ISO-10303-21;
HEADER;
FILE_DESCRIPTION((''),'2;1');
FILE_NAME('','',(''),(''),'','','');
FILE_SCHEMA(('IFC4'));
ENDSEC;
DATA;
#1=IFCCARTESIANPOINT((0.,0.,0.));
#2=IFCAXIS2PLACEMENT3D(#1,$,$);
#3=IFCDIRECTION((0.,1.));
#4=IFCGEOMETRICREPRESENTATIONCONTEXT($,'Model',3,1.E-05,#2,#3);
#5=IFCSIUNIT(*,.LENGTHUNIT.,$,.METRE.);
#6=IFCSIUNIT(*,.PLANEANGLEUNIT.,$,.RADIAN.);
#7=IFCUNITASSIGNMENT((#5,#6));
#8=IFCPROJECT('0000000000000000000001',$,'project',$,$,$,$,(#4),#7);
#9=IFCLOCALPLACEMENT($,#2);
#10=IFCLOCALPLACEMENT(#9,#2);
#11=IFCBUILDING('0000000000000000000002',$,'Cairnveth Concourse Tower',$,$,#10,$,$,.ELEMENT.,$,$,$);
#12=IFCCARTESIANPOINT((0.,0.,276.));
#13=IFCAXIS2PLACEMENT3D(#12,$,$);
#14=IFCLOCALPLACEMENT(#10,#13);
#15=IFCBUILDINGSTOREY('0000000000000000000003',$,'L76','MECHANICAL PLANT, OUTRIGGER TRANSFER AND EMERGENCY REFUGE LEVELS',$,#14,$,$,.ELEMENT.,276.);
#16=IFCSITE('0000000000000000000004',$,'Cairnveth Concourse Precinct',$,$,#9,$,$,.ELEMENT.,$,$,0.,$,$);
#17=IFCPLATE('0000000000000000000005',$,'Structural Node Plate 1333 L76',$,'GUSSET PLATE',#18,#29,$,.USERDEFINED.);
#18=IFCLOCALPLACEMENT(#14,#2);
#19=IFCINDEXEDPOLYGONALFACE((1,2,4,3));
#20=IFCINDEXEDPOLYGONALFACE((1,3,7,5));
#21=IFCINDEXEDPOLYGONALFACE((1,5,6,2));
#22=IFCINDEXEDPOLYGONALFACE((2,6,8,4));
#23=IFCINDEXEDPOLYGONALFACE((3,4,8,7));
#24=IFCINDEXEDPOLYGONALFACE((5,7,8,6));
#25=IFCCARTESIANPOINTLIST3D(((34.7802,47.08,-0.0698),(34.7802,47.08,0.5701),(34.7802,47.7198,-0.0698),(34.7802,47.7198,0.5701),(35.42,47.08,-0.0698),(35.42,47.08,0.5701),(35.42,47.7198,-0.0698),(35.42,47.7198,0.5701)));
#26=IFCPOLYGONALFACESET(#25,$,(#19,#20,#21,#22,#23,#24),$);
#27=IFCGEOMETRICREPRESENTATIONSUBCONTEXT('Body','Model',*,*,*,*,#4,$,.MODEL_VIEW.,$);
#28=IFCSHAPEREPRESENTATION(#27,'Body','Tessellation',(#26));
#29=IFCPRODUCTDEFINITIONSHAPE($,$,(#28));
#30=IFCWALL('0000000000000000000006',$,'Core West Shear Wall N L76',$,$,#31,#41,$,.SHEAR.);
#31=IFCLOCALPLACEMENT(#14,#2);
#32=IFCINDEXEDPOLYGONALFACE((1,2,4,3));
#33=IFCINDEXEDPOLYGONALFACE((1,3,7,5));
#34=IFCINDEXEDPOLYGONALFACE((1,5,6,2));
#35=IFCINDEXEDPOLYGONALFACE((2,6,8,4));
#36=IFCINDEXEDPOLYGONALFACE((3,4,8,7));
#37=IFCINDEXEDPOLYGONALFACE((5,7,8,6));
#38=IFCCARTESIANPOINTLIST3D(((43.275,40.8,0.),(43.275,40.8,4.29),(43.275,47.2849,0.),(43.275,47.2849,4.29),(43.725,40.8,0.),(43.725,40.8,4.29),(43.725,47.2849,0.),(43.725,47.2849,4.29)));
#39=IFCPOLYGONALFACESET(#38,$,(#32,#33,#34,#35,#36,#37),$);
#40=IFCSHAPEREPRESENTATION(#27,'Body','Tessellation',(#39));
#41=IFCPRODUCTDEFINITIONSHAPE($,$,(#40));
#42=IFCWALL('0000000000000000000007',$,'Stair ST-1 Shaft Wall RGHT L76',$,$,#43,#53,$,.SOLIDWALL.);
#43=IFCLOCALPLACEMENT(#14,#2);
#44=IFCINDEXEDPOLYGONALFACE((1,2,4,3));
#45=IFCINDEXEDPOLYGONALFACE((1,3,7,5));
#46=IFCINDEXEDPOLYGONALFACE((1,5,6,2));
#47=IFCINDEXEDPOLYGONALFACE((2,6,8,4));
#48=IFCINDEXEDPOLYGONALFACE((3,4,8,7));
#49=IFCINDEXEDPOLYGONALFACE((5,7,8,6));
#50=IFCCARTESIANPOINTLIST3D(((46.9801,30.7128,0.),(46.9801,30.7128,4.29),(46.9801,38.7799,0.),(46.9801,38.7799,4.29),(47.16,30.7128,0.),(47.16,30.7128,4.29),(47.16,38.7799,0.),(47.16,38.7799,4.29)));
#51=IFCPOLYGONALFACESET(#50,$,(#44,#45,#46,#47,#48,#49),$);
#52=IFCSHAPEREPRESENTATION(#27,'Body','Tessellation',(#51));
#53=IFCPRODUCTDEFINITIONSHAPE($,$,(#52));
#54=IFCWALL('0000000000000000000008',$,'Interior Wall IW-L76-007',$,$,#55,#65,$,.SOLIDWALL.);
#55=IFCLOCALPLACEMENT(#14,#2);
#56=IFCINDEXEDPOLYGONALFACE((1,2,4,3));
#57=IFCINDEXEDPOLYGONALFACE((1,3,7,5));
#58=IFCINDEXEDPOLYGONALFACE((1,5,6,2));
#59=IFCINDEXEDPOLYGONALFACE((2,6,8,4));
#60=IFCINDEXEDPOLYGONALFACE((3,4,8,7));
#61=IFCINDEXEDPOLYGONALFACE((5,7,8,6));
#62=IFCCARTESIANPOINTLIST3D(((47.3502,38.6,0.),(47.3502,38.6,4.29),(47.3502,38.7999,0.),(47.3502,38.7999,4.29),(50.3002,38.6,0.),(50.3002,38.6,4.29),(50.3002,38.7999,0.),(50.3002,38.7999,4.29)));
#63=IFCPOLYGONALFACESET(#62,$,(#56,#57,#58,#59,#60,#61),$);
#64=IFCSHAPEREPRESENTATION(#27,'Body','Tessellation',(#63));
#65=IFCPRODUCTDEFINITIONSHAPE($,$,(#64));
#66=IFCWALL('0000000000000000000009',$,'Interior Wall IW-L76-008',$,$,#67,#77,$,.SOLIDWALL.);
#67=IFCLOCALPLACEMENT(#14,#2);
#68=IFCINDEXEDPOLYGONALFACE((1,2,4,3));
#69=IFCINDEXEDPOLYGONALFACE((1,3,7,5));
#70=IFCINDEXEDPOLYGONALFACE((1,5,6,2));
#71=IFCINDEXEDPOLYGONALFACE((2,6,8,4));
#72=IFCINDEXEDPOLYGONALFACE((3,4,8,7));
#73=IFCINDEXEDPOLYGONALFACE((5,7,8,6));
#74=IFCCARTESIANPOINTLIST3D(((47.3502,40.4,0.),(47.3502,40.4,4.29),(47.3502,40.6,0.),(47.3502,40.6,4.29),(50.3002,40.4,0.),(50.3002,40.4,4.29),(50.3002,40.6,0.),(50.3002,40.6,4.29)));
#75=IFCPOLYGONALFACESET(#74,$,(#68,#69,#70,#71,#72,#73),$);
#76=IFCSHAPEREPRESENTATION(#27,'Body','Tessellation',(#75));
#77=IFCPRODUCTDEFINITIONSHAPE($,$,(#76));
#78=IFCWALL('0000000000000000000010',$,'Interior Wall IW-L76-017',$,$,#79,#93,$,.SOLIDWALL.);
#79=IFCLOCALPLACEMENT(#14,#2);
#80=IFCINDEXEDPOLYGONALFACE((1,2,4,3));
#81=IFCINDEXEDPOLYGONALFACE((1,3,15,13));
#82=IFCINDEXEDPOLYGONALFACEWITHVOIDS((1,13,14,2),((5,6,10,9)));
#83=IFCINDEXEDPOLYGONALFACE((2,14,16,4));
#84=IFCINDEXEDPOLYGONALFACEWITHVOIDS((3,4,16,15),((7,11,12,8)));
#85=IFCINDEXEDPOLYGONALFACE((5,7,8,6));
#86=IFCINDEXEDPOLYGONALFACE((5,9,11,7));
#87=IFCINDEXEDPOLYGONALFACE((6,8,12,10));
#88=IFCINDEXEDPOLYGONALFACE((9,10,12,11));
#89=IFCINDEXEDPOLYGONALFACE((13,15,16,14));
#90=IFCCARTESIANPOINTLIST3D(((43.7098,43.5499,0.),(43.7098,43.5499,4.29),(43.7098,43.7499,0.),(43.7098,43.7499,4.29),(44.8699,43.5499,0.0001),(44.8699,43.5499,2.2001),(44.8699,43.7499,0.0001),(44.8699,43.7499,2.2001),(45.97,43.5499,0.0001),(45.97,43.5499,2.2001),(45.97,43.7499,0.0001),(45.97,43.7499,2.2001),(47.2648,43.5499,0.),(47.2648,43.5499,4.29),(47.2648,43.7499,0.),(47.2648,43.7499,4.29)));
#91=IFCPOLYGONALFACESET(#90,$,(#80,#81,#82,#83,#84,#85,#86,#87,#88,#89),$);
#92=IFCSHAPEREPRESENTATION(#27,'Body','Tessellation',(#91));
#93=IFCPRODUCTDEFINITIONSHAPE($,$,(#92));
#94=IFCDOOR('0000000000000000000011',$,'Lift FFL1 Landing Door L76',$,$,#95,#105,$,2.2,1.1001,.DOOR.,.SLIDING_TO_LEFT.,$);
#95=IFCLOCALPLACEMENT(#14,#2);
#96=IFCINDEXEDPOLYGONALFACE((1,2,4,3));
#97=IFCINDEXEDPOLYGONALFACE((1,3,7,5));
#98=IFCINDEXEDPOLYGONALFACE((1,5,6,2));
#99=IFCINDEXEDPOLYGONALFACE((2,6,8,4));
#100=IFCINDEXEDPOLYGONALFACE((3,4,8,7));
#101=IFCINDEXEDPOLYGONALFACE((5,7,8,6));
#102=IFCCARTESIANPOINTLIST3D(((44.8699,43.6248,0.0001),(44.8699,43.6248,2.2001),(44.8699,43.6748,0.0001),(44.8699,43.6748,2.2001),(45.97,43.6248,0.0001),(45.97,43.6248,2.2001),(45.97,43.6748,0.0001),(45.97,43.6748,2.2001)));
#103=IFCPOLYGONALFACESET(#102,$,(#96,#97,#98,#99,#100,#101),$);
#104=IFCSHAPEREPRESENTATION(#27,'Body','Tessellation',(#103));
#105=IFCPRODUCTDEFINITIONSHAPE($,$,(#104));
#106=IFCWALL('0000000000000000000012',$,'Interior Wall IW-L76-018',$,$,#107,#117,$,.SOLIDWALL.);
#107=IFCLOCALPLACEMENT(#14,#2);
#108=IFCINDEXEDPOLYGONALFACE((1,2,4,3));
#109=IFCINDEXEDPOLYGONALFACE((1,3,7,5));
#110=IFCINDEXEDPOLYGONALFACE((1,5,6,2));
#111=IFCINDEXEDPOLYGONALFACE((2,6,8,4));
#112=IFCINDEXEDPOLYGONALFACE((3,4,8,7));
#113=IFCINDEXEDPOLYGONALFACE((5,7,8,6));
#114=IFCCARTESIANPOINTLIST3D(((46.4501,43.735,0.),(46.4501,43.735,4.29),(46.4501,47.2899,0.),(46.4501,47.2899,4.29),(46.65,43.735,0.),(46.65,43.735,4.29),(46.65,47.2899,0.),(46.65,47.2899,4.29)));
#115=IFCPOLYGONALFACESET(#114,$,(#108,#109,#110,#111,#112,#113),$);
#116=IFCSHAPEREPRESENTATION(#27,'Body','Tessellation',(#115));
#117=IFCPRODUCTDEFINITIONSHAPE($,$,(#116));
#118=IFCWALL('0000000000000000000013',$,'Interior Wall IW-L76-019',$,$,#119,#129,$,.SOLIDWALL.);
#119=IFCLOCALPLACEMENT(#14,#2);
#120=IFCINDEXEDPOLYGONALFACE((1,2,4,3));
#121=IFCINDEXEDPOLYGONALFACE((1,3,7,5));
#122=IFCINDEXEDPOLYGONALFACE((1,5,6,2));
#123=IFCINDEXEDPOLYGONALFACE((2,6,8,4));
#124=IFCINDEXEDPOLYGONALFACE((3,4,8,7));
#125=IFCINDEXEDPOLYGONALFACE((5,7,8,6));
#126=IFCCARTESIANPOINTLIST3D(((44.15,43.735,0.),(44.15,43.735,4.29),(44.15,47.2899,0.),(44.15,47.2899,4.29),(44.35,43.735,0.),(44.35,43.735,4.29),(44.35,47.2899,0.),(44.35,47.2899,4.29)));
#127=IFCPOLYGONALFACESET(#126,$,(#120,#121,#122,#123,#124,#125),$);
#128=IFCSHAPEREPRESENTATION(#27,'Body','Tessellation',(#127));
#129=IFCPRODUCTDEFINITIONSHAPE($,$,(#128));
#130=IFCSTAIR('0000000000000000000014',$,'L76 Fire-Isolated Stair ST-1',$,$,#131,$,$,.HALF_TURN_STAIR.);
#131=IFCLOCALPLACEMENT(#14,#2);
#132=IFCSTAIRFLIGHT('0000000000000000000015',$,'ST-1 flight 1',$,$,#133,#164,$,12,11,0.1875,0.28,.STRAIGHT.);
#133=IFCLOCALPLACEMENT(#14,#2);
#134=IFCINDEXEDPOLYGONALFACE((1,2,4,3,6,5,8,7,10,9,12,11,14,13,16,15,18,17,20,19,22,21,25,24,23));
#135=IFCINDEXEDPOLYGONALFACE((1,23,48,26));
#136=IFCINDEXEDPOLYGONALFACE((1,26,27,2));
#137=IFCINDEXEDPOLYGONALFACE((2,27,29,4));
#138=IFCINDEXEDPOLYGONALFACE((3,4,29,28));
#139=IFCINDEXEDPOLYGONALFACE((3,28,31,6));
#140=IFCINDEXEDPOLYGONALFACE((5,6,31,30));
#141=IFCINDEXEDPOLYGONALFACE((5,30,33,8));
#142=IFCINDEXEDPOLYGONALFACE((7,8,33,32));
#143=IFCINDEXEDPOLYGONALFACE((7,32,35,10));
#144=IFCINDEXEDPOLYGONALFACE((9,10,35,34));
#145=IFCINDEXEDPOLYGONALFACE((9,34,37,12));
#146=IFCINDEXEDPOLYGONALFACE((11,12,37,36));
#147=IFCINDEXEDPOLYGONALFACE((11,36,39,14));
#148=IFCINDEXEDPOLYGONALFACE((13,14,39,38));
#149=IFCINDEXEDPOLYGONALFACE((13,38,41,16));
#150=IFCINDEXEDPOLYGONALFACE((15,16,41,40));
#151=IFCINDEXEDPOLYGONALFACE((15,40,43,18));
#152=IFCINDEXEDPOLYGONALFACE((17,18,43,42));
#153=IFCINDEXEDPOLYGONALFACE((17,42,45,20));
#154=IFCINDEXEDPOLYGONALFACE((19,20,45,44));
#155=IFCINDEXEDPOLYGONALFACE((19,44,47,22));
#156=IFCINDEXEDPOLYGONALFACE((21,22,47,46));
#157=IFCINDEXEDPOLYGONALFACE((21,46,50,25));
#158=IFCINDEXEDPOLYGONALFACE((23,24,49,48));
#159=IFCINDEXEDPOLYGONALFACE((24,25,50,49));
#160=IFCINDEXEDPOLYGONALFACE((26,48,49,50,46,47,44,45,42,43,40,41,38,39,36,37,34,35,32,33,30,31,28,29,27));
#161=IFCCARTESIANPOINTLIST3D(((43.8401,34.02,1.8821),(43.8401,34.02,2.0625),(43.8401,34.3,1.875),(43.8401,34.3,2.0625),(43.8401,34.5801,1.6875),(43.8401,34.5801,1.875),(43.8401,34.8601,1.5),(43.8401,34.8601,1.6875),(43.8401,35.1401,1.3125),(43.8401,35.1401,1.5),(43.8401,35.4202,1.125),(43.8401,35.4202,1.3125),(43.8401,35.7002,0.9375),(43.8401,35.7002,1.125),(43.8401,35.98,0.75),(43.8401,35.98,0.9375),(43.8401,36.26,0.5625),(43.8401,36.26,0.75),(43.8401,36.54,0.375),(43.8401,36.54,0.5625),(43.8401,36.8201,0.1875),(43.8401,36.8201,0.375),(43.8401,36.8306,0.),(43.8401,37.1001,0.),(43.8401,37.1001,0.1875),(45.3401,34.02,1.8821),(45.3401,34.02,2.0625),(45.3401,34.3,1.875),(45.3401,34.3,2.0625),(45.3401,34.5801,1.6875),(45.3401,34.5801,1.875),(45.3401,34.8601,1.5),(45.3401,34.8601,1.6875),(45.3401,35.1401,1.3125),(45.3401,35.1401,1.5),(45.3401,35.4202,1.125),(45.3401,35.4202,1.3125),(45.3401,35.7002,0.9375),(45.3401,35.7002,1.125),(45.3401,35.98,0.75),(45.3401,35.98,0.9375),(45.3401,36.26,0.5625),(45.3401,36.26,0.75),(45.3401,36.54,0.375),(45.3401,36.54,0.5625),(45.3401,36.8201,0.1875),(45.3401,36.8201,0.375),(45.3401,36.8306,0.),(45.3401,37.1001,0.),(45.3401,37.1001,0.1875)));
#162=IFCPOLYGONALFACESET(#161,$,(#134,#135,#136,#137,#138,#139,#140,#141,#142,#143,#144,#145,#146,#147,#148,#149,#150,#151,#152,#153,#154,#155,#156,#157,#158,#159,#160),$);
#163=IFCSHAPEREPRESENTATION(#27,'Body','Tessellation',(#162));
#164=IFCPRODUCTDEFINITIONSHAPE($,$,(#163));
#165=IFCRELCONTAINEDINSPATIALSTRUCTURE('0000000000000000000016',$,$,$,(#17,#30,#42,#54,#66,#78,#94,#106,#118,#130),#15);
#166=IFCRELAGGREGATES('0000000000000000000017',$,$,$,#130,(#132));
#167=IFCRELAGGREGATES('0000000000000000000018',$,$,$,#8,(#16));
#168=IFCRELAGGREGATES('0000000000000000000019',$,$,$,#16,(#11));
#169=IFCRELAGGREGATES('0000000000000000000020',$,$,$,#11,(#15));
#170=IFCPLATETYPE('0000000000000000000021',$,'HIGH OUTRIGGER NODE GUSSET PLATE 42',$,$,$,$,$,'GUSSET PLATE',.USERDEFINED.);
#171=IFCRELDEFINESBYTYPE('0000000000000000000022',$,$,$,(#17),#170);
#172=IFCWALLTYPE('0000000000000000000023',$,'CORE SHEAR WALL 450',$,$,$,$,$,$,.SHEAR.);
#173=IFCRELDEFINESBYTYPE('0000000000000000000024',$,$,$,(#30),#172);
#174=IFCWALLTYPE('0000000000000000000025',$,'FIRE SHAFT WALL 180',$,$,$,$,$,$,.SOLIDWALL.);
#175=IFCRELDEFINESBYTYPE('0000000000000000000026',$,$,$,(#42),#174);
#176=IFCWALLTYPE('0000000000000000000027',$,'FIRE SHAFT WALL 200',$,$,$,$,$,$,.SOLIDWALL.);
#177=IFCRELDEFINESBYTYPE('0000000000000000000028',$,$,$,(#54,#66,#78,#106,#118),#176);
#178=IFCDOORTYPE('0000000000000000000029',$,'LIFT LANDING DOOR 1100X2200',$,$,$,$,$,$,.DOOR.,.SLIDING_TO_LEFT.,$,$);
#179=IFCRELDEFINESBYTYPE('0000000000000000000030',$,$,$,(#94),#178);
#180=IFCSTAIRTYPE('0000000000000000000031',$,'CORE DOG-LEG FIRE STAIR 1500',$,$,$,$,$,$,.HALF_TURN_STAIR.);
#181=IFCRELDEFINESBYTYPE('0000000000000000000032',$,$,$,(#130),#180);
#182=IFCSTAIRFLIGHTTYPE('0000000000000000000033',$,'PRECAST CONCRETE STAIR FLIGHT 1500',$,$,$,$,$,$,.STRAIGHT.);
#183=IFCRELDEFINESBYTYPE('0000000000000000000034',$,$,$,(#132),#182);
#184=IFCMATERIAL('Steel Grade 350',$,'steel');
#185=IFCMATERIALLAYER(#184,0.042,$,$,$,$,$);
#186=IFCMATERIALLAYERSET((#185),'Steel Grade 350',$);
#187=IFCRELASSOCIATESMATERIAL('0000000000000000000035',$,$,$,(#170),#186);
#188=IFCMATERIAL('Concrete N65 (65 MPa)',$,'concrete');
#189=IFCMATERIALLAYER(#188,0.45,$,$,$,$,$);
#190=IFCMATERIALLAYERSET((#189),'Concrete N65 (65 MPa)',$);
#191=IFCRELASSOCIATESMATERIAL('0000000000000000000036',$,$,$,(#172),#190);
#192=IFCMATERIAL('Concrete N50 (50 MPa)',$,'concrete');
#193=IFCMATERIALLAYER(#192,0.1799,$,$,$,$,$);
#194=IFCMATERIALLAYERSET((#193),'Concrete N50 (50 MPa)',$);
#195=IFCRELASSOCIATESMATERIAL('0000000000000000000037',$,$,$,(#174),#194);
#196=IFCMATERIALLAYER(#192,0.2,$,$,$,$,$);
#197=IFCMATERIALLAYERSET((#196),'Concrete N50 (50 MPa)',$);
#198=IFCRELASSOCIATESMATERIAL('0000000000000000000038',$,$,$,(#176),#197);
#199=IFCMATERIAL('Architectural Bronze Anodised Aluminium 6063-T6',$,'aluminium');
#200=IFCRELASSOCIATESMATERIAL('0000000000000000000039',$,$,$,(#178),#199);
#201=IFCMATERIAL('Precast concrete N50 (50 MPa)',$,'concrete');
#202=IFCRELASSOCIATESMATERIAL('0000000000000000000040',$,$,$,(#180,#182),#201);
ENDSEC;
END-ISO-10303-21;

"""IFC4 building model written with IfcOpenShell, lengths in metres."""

from ifc_helpers import new_model, si_unit, direction, frame, frame_2d, origin, origin_2d, place, context, subcontext, project, spatial, polyline, rectangle, outline, extrude, material, layer, layer_set, type_object, element, fill, aggregate, save


model = new_model("IFC4")

# Units and contexts
model_context = context("Model", 3, precision=1e-05, world=origin(), true_north=direction((0.0, 1.0)))
body_context = subcontext(model_context, "Body", "Model", "MODEL_VIEW")
ifc_project = project(units=[si_unit("LENGTHUNIT", "METRE"), si_unit("PLANEANGLEUNIT", "RADIAN")], contexts=[model_context])

# Site, building, storey
site_placement = place(None, origin())
site = spatial("IfcSite", under=ifc_project, at=site_placement, Name="Cairnveth Concourse Precinct", CompositionType="ELEMENT", RefElevation=0.0)
building_placement = place(site_placement, origin())
building = spatial("IfcBuilding", under=site, at=building_placement, Name="Cairnveth Concourse Tower", CompositionType="ELEMENT")
storey_placement = place(building_placement, frame((0.0, 0.0, 276.0)))
storey = spatial("IfcBuildingStorey", under=building, at=storey_placement, Name="L76", Description="MECHANICAL PLANT, OUTRIGGER TRANSFER AND EMERGENCY REFUGE LEVELS", CompositionType="ELEMENT", Elevation=276.0)

# Shared definitions
ifc_material_1 = material(Name="Concrete N65 (65 MPa)", Category="concrete")
ifc_material_2 = material(Name="Steel Grade 350", Category="steel")

# Plate
ifc_layer_1 = layer(ifc_material_2, 0.042)
ifc_layer_set_1 = layer_set([ifc_layer_1], Name="Steel Grade 350")
plate_type = type_object("IfcPlateType", Name="HIGH OUTRIGGER NODE GUSSET PLATE 42", ElementType="GUSSET PLATE", PredefinedType="USERDEFINED", material=ifc_layer_set_1)
for number, where, z_axis, x_axis, name in (
    (1, (35.1001, 47.3999, -0.0698), (0.0, 0.0, 1.0), (1.0, 0.0, 0.0), "Structural Node Plate 1333 L76"),
):
    element("IfcPlate", number, at=place(storey_placement, frame(where, z_axis=z_axis, x_axis=x_axis)), inside=storey, type_object=plate_type, Name=name, ObjectType="GUSSET PLATE", PredefinedType="USERDEFINED", context=body_context, shape_type="SweptSolid", body=[
        extrude(rectangle(XDim=0.6399, YDim=0.6399, at=origin_2d()), origin(), (0.0, 0.0, 1.0), 0.6399),
    ])

# Wall
ifc_layer_2 = layer(ifc_material_1, 0.45)
ifc_layer_set_2 = layer_set([ifc_layer_2], Name="Concrete N65 (65 MPa)")
wall_type_1 = type_object("IfcWallType", Name="CORE SHEAR WALL 450", PredefinedType="SHEAR", material=ifc_layer_set_2)
wall_1_placement = place(storey_placement, frame((43.5, 40.8, 0.0), z_axis=(0.0, 0.0, 1.0), x_axis=(0.0, 1.0, 0.0)))
element("IfcWall", 2, at=wall_1_placement, inside=storey, type_object=wall_type_1, Name="Core West Shear Wall N L76", PredefinedType="SHEAR", context=body_context, shape_type="SweptSolid", body=[
    extrude(rectangle(XDim=6.4849, YDim=0.45, at=frame_2d((3.2424, 0.0))), origin(), (0.0, 0.0, 1.0), 4.29),
])

# Shared definitions
ifc_material_3 = material(Name="Concrete N50 (50 MPa)", Category="concrete")
ifc_layer_3 = layer(ifc_material_3, 0.1799)
ifc_layer_set_3 = layer_set([ifc_layer_3], Name="Concrete N50 (50 MPa)")
wall_type_2 = type_object("IfcWallType", Name="FIRE SHAFT WALL 180", PredefinedType="SOLIDWALL", material=ifc_layer_set_3)

# Walls
wall_2_placement = place(storey_placement, frame((47.0701, 38.78, 0.0), z_axis=(0.0, 0.0, 1.0), x_axis=(0.0, -1.0, 0.0)))
element("IfcWall", 3, at=wall_2_placement, inside=storey, type_object=wall_type_2, Name="Stair ST-1 Shaft Wall RGHT L76", PredefinedType="SOLIDWALL", context=body_context, shape_type="SweptSolid", body=[
    extrude(rectangle(XDim=8.0671, YDim=0.1799, at=frame_2d((4.0337, 0.0))), origin(), (0.0, 0.0, 1.0), 4.29),
])
ifc_layer_4 = layer(ifc_material_3, 0.2)
ifc_layer_set_4 = layer_set([ifc_layer_4], Name="Concrete N50 (50 MPa)")
wall_type_3 = type_object("IfcWallType", Name="FIRE SHAFT WALL 200", PredefinedType="SOLIDWALL", material=ifc_layer_set_4)
for number, where, z_axis, x_axis, name in (
    (4, (47.3501, 38.7, 0.0), (0.0, 0.0, 1.0), (1.0, 0.0, 0.0), "Interior Wall IW-L76-007"),
    (5, (47.3501, 40.5, 0.0), (0.0, 0.0, 1.0), (1.0, 0.0, 0.0), "Interior Wall IW-L76-008"),
):
    element("IfcWall", number, at=place(storey_placement, frame(where, z_axis=z_axis, x_axis=x_axis)), inside=storey, type_object=wall_type_3, Name=name, PredefinedType="SOLIDWALL", context=body_context, shape_type="SweptSolid", body=[
        extrude(rectangle(XDim=2.95, YDim=0.2, at=frame_2d((1.4751, 0.0))), origin(), (0.0, 0.0, 1.0), 4.29),
    ])

# Wall, opening, door
wall_3_placement = place(storey_placement, frame((43.71, 43.6499, 0.0), z_axis=(0.0, 0.0, 1.0), x_axis=(1.0, 0.0, 0.0)))
wall_3 = element("IfcWall", 6, at=wall_3_placement, inside=storey, type_object=wall_type_3, Name="Interior Wall IW-L76-017", PredefinedType="SOLIDWALL", context=body_context, shape_type="SweptSolid", body=[
    extrude(rectangle(XDim=3.5549, YDim=0.2, at=frame_2d((1.7773, 0.0))), origin(), (0.0, 0.0, 1.0), 4.29),
])
opening_1_placement = place(wall_3_placement, frame((1.1599, 0.0, 0.0)))
opening_1 = element("IfcOpeningElement", 7, at=opening_1_placement, cuts=wall_3, PredefinedType="OPENING", context=body_context, shape_type="SweptSolid", body=[
    extrude(rectangle(XDim=1.1001, YDim=2.2, at=frame_2d((0.55, 1.1001))), frame((0.0, 0.1099, 0.0), z_axis=(0.0, -1.0, 0.0), x_axis=(1.0, 0.0, 0.0)), (0.0, 0.0, 1.0), 0.22),
])
ifc_material_4 = material(Name="Architectural Bronze Anodised Aluminium 6063-T6", Category="aluminium")
door_type_1 = type_object("IfcDoorType", Name="LIFT LANDING DOOR 1100X2200", OperationType="SLIDING_TO_LEFT", PredefinedType="DOOR", material=ifc_material_4)
door_1_placement = place(opening_1_placement, origin())
door_1 = element("IfcDoor", 8, at=door_1_placement, inside=storey, type_object=door_type_1, Name="Lift FFL1 Landing Door L76", OperationType="SLIDING_TO_LEFT", OverallHeight=2.2, OverallWidth=1.1001, PredefinedType="DOOR", context=body_context, shape_type="SweptSolid", body=[
    extrude(rectangle(XDim=1.1001, YDim=2.2, at=frame_2d((0.55, 1.1001))), frame((0.0, 0.0249, 0.0), z_axis=(0.0, -1.0, 0.0), x_axis=(1.0, 0.0, 0.0)), (0.0, 0.0, 1.0), 0.05),
])
fill(opening_1, door_1)

# Walls
for number, where, z_axis, x_axis, name in (
    (9, (46.55, 43.7351, 0.0), (0.0, 0.0, 1.0), (0.0, 1.0, 0.0), "Interior Wall IW-L76-018"),
    (10, (44.25, 43.7351, 0.0), (0.0, 0.0, 1.0), (0.0, 1.0, 0.0), "Interior Wall IW-L76-019"),
):
    element("IfcWall", number, at=place(storey_placement, frame(where, z_axis=z_axis, x_axis=x_axis)), inside=storey, type_object=wall_type_3, Name=name, PredefinedType="SOLIDWALL", context=body_context, shape_type="SweptSolid", body=[
        extrude(rectangle(XDim=3.5549, YDim=0.2, at=frame_2d((1.7773, 0.0))), origin(), (0.0, 0.0, 1.0), 4.29),
    ])

# Stair, stair flight
ifc_material_5 = material(Name="Precast concrete N50 (50 MPa)", Category="concrete")
stair_type = type_object("IfcStairType", Name="CORE DOG-LEG FIRE STAIR 1500", PredefinedType="HALF_TURN_STAIR", material=ifc_material_5)
stair_placement = place(storey_placement, origin())
stair = element("IfcStair", 11, at=stair_placement, inside=storey, type_object=stair_type, Name="L76 Fire-Isolated Stair ST-1", PredefinedType="HALF_TURN_STAIR")
stair_flight_type = type_object("IfcStairFlightType", Name="PRECAST CONCRETE STAIR FLIGHT 1500", PredefinedType="STRAIGHT", material=ifc_material_5)
stair_flight_placement = place(storey_placement, frame((44.5901, 37.1001, 0.0), z_axis=(0.0, 0.0, 1.0), x_axis=(0.0, -1.0, 0.0)))
stair_flight = element("IfcStairFlight", 12, at=stair_flight_placement, type_object=stair_flight_type, Name="ST-1 flight 1", NumberOfRisers=12, NumberOfTreads=11, PredefinedType="STRAIGHT", RiserHeight=0.1875, TreadLength=0.28, context=body_context, shape_type="SweptSolid", body=[
    extrude(outline(polyline([(0.0, 0.0), (0.0, 0.1875), (0.28, 0.1875), (0.28, 0.375), (0.5601, 0.375), (0.5601, 0.5625), (0.8401, 0.5625), (0.8401, 0.75), (1.1201, 0.75), (1.1201, 0.9375), (1.3999, 0.9375), (1.3999, 1.125), (1.6799, 1.125), (1.6799, 1.3125), (1.96, 1.3125), (1.96, 1.5), (2.24, 1.5), (2.24, 1.6875), (2.52, 1.6875), (2.52, 1.875), (2.8, 1.875), (2.8, 2.0625), (3.0801, 2.0625), (3.0801, 2.25), (3.0801, 1.8821), (0.2695, 0.0), (0.0, 0.0)])), frame((0.0, 0.75, 0.0), z_axis=(0.0, -1.0, 0.0), x_axis=(1.0, 0.0, 0.0)), (0.0, 0.0, 1.0), 1.5),
])
aggregate(stair, [stair_flight])

save(model, "model.ifc")
